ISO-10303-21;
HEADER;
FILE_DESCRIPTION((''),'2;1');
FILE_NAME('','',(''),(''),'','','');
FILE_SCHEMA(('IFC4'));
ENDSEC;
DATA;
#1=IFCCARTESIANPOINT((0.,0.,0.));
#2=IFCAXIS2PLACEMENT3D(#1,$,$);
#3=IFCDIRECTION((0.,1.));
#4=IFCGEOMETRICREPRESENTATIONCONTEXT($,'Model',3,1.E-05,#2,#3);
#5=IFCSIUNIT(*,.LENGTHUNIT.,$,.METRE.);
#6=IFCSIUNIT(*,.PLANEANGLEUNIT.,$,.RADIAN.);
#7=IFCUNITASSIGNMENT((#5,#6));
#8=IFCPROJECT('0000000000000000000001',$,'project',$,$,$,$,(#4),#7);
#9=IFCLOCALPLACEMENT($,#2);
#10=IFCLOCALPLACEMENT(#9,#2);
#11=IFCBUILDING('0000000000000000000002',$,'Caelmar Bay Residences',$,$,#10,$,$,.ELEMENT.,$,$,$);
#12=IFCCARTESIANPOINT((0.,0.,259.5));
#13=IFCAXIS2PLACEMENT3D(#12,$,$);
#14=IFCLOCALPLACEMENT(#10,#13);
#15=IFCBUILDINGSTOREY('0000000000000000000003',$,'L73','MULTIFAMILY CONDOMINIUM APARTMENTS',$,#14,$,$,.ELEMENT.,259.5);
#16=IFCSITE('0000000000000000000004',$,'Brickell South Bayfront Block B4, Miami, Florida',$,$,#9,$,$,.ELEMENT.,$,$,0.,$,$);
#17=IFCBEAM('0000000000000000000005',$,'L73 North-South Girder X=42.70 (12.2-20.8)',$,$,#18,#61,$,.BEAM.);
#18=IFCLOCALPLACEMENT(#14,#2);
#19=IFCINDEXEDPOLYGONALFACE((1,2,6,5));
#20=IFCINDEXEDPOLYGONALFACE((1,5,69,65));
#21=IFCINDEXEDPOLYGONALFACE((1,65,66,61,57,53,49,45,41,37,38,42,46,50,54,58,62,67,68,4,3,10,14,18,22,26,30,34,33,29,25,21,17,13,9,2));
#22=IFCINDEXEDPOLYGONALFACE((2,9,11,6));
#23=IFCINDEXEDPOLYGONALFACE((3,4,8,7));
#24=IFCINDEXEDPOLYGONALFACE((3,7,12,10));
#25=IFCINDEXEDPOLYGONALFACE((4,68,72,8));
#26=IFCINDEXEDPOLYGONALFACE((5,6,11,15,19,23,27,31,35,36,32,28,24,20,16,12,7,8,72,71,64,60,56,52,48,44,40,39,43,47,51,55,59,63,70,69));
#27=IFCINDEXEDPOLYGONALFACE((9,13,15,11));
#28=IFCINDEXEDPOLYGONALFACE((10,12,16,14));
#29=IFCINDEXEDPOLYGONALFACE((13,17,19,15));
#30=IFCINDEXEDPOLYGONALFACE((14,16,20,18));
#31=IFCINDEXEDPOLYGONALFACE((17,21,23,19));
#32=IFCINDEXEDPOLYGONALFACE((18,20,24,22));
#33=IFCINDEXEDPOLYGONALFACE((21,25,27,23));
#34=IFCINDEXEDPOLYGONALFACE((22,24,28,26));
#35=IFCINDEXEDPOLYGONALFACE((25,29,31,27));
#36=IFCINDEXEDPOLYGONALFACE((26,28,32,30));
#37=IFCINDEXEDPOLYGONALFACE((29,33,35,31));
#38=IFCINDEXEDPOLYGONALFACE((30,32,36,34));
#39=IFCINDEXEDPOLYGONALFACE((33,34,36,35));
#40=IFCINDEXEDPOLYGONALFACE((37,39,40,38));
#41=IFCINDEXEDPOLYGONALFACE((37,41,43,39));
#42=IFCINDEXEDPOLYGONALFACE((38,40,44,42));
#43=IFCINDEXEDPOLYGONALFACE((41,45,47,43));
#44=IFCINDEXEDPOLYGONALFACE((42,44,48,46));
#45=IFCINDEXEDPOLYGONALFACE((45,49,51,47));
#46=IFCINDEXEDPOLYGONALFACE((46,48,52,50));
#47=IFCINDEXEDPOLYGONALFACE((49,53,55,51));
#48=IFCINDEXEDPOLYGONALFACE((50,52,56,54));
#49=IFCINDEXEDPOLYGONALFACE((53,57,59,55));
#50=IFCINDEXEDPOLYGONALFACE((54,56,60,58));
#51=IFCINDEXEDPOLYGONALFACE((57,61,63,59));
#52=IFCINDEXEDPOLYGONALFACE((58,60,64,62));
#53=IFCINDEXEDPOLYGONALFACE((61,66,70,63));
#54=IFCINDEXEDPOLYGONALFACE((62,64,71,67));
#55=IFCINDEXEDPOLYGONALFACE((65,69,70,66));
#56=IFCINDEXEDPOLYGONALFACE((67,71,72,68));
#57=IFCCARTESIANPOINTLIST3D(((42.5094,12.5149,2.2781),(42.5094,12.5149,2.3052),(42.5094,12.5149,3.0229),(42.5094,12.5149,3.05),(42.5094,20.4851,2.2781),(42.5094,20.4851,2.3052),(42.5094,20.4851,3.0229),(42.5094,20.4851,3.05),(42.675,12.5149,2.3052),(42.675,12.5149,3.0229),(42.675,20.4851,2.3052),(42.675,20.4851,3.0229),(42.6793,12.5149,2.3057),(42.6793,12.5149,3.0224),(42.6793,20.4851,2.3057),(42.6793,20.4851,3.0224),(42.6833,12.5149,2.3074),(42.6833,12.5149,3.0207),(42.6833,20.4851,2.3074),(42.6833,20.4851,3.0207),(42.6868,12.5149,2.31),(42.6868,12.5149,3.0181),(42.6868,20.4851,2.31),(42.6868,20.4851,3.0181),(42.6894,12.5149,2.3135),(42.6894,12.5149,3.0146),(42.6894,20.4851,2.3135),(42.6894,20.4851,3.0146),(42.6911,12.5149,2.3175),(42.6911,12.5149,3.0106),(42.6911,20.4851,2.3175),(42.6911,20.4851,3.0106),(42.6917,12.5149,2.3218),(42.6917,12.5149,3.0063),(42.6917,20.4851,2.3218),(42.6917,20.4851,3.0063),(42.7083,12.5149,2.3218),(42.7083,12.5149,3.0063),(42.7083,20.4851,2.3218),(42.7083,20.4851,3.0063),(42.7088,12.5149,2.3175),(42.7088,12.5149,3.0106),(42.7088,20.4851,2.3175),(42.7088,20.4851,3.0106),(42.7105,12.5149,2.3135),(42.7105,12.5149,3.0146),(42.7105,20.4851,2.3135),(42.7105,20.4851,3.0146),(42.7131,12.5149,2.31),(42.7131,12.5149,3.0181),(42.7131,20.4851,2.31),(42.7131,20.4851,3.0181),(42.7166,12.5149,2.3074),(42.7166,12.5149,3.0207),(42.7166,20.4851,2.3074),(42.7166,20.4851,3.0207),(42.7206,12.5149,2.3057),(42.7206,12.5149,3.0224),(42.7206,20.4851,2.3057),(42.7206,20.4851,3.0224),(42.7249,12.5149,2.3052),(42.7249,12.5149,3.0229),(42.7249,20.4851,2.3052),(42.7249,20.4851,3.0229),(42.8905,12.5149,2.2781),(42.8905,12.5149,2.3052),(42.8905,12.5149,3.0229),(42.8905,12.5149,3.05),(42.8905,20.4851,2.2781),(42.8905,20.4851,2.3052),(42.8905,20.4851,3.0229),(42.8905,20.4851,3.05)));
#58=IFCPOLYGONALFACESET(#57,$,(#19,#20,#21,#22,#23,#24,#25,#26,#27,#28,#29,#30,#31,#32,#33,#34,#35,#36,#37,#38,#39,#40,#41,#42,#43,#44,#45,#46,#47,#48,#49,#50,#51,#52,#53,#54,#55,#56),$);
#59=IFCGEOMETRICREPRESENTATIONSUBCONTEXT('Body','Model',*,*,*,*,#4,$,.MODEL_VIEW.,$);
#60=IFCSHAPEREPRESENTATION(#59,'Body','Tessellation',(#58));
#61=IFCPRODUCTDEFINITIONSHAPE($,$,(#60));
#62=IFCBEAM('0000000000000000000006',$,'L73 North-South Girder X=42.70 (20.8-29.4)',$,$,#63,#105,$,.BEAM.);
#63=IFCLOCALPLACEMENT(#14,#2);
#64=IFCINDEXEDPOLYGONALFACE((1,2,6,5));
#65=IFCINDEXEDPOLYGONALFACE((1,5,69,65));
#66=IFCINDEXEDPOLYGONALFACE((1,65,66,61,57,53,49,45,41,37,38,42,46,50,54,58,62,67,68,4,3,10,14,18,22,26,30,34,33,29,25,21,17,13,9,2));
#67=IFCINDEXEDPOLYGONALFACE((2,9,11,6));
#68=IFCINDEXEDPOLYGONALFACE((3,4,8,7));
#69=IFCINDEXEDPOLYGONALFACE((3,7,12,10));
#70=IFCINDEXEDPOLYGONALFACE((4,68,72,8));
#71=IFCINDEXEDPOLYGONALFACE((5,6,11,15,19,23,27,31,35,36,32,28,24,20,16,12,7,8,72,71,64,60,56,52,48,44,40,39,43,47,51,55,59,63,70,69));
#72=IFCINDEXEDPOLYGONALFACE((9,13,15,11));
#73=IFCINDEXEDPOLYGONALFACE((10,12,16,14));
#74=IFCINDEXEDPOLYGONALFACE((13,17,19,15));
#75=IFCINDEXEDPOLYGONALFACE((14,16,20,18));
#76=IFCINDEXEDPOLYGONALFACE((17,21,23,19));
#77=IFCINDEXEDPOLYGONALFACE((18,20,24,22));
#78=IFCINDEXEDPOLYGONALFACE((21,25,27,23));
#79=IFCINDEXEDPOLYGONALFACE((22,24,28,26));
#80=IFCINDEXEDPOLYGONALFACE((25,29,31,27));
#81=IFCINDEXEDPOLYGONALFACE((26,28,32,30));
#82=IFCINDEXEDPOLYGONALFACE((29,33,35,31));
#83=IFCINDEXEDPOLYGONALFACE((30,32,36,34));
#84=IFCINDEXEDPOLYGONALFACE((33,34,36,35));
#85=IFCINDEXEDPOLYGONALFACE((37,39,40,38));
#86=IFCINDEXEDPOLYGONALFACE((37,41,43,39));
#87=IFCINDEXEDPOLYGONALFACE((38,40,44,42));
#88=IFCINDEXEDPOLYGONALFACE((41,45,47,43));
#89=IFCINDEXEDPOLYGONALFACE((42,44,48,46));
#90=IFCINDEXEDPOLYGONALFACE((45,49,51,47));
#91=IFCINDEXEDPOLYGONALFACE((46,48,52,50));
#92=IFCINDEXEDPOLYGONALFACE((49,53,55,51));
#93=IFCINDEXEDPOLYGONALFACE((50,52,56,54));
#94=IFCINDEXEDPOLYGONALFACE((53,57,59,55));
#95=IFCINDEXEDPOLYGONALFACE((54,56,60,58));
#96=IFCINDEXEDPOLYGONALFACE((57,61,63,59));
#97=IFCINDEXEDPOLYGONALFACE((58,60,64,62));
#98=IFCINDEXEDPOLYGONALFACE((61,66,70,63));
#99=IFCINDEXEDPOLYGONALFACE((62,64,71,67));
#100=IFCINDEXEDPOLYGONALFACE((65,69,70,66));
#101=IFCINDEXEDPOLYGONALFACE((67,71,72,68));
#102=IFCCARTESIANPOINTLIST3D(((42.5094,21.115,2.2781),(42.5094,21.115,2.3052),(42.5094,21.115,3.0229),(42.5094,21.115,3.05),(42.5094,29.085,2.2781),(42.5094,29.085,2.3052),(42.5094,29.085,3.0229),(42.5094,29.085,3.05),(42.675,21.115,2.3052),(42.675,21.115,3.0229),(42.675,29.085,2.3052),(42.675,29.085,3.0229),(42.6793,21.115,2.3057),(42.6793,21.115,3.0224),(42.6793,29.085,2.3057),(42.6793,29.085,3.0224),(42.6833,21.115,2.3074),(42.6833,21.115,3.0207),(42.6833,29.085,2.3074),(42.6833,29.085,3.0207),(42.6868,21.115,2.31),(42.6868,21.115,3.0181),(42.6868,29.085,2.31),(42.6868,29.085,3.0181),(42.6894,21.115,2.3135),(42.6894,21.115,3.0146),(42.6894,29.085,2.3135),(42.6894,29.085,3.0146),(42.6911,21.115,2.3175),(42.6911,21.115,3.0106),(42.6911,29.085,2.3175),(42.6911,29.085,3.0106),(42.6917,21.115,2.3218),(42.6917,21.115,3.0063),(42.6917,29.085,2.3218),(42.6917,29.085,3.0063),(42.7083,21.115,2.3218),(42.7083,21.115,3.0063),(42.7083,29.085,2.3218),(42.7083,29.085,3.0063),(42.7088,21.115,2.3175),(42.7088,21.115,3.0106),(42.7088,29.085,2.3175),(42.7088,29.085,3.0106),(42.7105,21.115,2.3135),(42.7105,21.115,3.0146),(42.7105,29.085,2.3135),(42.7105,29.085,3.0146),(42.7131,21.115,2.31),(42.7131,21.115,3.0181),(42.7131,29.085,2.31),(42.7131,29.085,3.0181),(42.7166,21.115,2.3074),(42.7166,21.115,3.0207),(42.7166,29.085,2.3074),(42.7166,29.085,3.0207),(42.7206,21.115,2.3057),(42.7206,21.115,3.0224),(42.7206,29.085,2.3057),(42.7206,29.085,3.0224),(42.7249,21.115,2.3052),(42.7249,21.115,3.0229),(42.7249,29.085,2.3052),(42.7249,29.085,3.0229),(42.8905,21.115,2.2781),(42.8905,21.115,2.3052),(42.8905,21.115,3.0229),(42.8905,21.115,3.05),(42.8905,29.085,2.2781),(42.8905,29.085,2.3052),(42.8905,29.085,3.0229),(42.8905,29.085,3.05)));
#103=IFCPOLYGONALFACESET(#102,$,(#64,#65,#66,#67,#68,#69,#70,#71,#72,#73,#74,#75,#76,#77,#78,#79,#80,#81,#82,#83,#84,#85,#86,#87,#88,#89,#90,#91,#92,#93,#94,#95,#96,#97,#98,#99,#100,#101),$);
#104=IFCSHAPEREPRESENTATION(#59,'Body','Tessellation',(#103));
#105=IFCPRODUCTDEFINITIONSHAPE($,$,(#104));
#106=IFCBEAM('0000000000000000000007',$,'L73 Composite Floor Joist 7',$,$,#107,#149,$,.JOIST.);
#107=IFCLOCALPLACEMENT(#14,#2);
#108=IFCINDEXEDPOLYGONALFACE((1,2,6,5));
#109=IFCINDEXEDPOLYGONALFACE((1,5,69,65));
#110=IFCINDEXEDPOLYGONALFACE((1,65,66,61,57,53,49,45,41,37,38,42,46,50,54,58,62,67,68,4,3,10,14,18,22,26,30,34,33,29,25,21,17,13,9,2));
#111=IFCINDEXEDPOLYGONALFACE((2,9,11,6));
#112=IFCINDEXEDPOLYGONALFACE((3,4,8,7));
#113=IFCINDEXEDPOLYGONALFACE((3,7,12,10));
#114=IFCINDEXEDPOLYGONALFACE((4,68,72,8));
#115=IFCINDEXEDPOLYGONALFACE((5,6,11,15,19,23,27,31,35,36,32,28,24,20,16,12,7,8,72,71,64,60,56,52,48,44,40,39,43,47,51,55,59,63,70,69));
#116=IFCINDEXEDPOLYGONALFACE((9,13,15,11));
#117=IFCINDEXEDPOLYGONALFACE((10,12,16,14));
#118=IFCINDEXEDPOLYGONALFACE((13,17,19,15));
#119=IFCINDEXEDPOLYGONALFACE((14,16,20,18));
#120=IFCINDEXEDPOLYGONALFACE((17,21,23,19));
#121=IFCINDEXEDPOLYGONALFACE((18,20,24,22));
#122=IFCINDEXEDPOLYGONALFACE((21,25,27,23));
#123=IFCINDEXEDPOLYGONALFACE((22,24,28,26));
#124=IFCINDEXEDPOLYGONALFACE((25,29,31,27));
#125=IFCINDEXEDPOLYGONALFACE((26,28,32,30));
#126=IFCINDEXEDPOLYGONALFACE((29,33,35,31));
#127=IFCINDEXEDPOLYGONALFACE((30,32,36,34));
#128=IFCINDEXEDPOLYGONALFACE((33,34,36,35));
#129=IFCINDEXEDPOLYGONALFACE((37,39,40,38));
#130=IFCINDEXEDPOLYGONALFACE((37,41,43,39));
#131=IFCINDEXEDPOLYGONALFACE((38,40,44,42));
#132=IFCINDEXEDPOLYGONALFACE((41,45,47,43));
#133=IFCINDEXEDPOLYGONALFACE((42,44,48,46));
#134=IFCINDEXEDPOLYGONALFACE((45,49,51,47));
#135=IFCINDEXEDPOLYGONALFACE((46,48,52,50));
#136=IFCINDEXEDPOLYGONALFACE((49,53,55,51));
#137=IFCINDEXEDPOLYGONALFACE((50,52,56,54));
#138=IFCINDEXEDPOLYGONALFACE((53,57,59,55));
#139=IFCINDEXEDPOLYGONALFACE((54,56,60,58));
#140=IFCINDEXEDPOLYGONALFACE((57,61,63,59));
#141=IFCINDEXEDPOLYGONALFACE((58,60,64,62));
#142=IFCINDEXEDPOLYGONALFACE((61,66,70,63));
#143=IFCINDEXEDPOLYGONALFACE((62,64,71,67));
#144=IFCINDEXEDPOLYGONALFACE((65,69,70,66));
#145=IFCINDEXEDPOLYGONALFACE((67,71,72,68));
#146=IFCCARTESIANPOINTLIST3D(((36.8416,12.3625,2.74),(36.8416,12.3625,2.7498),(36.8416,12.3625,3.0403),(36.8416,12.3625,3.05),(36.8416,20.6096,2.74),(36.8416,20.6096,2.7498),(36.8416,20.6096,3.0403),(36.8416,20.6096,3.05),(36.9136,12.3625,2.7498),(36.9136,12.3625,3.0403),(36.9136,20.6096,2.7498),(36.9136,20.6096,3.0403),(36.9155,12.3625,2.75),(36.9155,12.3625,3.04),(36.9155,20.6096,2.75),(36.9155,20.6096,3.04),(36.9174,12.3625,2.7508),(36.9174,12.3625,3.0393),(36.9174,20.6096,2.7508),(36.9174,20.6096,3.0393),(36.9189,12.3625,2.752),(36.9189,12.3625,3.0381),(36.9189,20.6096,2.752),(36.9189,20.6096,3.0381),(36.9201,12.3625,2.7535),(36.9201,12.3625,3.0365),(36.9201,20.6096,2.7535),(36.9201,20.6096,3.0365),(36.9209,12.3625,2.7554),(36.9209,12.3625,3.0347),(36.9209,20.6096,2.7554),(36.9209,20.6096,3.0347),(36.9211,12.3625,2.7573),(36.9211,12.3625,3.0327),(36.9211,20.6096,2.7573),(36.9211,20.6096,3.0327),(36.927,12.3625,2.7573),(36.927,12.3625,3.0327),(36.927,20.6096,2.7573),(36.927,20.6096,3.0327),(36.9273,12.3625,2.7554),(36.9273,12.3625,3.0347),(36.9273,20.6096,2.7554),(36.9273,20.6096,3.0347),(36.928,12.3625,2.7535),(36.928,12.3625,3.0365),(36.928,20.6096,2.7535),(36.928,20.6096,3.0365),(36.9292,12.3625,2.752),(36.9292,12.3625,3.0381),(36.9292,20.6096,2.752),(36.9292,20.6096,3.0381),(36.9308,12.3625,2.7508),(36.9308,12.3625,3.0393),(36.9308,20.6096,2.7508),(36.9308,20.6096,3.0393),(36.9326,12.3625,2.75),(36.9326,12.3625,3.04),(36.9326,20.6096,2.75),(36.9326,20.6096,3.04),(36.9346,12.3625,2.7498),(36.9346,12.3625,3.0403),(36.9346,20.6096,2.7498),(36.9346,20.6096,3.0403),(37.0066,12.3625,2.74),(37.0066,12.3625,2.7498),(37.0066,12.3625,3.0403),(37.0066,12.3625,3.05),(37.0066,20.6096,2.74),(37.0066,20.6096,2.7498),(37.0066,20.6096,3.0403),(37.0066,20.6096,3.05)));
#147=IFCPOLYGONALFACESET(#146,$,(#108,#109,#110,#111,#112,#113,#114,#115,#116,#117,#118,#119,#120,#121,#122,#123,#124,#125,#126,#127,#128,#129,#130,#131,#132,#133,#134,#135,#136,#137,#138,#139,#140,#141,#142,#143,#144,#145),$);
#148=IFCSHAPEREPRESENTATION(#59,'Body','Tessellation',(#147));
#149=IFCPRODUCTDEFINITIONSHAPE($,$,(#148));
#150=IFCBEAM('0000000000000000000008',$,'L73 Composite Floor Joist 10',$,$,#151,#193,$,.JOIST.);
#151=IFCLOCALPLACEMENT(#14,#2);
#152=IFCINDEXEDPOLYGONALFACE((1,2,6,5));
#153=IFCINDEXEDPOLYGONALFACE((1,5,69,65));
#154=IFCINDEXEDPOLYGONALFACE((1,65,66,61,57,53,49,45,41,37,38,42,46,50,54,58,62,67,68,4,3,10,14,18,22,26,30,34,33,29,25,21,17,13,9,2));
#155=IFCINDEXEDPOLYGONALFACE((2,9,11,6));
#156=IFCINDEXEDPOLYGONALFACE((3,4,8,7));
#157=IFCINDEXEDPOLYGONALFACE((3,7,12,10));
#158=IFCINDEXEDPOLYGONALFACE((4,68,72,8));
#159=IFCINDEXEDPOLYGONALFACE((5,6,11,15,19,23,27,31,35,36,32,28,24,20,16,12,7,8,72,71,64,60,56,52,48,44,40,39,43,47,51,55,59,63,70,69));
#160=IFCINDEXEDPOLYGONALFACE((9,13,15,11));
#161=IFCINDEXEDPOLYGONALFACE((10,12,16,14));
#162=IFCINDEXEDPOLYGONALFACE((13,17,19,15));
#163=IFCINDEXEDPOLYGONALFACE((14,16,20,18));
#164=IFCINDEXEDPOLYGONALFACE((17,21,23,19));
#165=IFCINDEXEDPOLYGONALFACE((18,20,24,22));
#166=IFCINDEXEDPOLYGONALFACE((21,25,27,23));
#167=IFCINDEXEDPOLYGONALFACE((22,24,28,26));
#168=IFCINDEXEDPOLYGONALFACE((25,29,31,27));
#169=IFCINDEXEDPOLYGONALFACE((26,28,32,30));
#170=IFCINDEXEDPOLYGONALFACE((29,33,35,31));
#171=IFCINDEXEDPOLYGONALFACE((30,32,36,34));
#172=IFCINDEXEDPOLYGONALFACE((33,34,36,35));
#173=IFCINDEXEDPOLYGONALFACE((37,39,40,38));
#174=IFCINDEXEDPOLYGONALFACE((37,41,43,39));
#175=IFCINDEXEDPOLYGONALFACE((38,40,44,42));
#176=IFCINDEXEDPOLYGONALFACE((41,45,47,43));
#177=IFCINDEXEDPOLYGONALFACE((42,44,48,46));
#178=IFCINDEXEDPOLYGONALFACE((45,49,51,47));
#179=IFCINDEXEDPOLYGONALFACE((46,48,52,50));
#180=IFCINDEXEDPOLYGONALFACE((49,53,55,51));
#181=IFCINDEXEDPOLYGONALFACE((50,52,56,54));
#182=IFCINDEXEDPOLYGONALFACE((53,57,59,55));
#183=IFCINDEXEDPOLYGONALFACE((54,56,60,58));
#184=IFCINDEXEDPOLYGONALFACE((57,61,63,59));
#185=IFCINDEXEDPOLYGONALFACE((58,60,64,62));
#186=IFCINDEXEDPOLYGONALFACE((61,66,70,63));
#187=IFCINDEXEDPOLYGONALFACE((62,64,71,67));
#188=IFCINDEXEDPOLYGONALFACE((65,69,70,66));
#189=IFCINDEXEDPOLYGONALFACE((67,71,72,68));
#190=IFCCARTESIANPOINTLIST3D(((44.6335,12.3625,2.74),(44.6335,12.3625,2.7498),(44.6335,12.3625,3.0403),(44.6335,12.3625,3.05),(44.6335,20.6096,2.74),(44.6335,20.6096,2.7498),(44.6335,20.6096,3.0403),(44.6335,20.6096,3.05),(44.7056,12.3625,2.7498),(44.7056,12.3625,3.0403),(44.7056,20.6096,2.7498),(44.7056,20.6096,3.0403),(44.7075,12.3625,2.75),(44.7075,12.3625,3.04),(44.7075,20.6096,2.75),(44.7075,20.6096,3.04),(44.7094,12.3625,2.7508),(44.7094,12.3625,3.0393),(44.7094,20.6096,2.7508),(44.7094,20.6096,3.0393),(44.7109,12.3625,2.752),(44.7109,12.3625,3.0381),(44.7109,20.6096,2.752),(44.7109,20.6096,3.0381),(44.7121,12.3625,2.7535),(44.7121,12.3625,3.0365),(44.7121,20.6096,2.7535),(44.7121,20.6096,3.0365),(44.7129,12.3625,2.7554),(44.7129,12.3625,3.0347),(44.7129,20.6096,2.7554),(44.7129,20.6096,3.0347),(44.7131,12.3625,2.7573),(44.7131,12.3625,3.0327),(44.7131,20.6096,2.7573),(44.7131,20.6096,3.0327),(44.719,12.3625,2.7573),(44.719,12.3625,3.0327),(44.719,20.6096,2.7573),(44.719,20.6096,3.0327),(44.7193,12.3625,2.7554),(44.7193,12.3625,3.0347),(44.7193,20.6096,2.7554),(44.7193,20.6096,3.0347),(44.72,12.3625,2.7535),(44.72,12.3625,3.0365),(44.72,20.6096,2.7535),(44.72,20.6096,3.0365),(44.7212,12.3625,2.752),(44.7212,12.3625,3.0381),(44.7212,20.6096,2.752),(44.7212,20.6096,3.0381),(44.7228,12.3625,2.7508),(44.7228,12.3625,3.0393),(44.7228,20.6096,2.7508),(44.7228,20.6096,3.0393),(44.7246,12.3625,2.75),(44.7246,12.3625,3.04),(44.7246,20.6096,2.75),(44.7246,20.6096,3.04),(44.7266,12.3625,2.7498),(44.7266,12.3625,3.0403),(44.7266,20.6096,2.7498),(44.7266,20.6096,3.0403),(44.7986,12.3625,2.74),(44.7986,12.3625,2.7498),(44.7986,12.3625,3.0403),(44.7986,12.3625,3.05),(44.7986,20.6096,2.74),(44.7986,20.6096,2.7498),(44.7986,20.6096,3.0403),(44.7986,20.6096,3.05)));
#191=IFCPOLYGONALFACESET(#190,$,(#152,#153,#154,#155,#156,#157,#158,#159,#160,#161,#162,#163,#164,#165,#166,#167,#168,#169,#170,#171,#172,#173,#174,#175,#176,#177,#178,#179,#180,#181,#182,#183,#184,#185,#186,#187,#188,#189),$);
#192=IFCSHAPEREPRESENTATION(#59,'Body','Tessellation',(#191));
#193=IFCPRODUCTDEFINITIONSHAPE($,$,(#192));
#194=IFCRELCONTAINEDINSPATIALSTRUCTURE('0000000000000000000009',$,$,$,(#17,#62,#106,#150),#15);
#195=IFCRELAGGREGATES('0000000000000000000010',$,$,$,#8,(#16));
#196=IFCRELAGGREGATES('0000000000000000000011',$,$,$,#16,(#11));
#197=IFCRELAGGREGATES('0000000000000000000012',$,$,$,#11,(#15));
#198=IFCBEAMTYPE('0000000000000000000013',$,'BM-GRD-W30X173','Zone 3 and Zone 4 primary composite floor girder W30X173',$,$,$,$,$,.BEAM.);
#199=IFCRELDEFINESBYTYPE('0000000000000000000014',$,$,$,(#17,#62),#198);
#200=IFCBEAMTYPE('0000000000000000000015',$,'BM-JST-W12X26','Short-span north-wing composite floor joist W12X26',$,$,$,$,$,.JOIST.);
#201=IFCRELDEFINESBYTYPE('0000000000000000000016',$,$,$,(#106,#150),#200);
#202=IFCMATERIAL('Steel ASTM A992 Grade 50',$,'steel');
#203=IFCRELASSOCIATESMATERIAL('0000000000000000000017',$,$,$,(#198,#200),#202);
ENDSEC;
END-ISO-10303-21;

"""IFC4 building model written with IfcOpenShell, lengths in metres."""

from ifc_helpers import new_model, si_unit, direction, frame, origin, origin_2d, place, context, subcontext, project, spatial, i_section, extrude, material, material_profile, profile_set, type_object, element, save


model = new_model("IFC4")

# Units and contexts
model_context = context("Model", 3, precision=1e-05, world=origin(), true_north=direction((0.0, 1.0)))
body_context = subcontext(model_context, "Body", "Model", "MODEL_VIEW")
ifc_project = project(units=[si_unit("LENGTHUNIT", "METRE"), si_unit("PLANEANGLEUNIT", "RADIAN")], contexts=[model_context])

# Site, building, storey
site_placement = place(None, origin())
site = spatial("IfcSite", under=ifc_project, at=site_placement, Name="Brickell South Bayfront Block B4, Miami, Florida", CompositionType="ELEMENT", RefElevation=0.0)
building_placement = place(site_placement, origin())
building = spatial("IfcBuilding", under=site, at=building_placement, Name="Caelmar Bay Residences", CompositionType="ELEMENT")
storey_placement = place(building_placement, frame((0.0, 0.0, 259.5)))
storey = spatial("IfcBuildingStorey", under=building, at=storey_placement, Name="L73", Description="MULTIFAMILY CONDOMINIUM APARTMENTS", CompositionType="ELEMENT", Elevation=259.5)

# Beams
ifc_material_1 = material(Name="Steel ASTM A992 Grade 50", Category="steel")
ifc_material_profile_1 = material_profile(ifc_material_1, i_section(OverallWidth=0.3811, OverallDepth=0.772, WebThickness=0.0166, FlangeThickness=0.0271, FilletRadius=0.0166, at=origin_2d()), Name="W30X173")
ifc_profile_set_1 = profile_set([ifc_material_profile_1], Name="Steel ASTM A992 Grade 50")
beam_type_1 = type_object("IfcBeamType", Name="BM-GRD-W30X173", Description="Zone 3 and Zone 4 primary composite floor girder W30X173", PredefinedType="BEAM", material=ifc_profile_set_1)
beam_1_placement = place(storey_placement, frame((42.7, 12.5149, 2.6641), z_axis=(0.0, 1.0, 0.0), x_axis=(-1.0, 0.0, 0.0)))
element("IfcBeam", 1, at=beam_1_placement, inside=storey, type_object=beam_type_1, Name="L73 North-South Girder X=42.70 (12.2-20.8)", PredefinedType="BEAM", context=body_context, shape_type="SweptSolid", body=[
    extrude(i_section(OverallWidth=0.3811, OverallDepth=0.772, WebThickness=0.0166, FlangeThickness=0.0271, FilletRadius=0.0166, at=origin_2d()), origin(), (0.0, 0.0, 1.0), 7.9702),
])
beam_2_placement = place(storey_placement, frame((42.7, 21.115, 2.6641), z_axis=(0.0, 1.0, 0.0), x_axis=(-1.0, 0.0, 0.0)))
element("IfcBeam", 2, at=beam_2_placement, inside=storey, type_object=beam_type_1, Name="L73 North-South Girder X=42.70 (20.8-29.4)", PredefinedType="BEAM", context=body_context, shape_type="SweptSolid", body=[
    extrude(i_section(OverallWidth=0.3811, OverallDepth=0.772, WebThickness=0.0166, FlangeThickness=0.0271, FilletRadius=0.0166, at=origin_2d()), origin(), (0.0, 0.0, 1.0), 7.97),
])
ifc_material_profile_2 = material_profile(ifc_material_1, i_section(OverallWidth=0.165, OverallDepth=0.3101, WebThickness=0.0059, FlangeThickness=0.0098, FilletRadius=0.0076, at=origin_2d()), Name="W12X26")
ifc_profile_set_2 = profile_set([ifc_material_profile_2], Name="Steel ASTM A992 Grade 50")
beam_type_2 = type_object("IfcBeamType", Name="BM-JST-W12X26", Description="Short-span north-wing composite floor joist W12X26", PredefinedType="JOIST", material=ifc_profile_set_2)
for number, where, z_axis, x_axis, name in (
    (3, (36.9241, 12.3625, 2.895), (0.0, 1.0, 0.0), (-1.0, 0.0, 0.0), "L73 Composite Floor Joist 7"),
    (4, (44.7161, 12.3625, 2.895), (0.0, 1.0, 0.0), (-1.0, 0.0, 0.0), "L73 Composite Floor Joist 10"),
):
    element("IfcBeam", number, at=place(storey_placement, frame(where, z_axis=z_axis, x_axis=x_axis)), inside=storey, type_object=beam_type_2, Name=name, PredefinedType="JOIST", context=body_context, shape_type="SweptSolid", body=[
        extrude(i_section(OverallWidth=0.165, OverallDepth=0.3101, WebThickness=0.0059, FlangeThickness=0.0098, FilletRadius=0.0076, at=origin_2d()), origin(), (0.0, 0.0, 1.0), 8.2471),
    ])

save(model, "model.ifc")
